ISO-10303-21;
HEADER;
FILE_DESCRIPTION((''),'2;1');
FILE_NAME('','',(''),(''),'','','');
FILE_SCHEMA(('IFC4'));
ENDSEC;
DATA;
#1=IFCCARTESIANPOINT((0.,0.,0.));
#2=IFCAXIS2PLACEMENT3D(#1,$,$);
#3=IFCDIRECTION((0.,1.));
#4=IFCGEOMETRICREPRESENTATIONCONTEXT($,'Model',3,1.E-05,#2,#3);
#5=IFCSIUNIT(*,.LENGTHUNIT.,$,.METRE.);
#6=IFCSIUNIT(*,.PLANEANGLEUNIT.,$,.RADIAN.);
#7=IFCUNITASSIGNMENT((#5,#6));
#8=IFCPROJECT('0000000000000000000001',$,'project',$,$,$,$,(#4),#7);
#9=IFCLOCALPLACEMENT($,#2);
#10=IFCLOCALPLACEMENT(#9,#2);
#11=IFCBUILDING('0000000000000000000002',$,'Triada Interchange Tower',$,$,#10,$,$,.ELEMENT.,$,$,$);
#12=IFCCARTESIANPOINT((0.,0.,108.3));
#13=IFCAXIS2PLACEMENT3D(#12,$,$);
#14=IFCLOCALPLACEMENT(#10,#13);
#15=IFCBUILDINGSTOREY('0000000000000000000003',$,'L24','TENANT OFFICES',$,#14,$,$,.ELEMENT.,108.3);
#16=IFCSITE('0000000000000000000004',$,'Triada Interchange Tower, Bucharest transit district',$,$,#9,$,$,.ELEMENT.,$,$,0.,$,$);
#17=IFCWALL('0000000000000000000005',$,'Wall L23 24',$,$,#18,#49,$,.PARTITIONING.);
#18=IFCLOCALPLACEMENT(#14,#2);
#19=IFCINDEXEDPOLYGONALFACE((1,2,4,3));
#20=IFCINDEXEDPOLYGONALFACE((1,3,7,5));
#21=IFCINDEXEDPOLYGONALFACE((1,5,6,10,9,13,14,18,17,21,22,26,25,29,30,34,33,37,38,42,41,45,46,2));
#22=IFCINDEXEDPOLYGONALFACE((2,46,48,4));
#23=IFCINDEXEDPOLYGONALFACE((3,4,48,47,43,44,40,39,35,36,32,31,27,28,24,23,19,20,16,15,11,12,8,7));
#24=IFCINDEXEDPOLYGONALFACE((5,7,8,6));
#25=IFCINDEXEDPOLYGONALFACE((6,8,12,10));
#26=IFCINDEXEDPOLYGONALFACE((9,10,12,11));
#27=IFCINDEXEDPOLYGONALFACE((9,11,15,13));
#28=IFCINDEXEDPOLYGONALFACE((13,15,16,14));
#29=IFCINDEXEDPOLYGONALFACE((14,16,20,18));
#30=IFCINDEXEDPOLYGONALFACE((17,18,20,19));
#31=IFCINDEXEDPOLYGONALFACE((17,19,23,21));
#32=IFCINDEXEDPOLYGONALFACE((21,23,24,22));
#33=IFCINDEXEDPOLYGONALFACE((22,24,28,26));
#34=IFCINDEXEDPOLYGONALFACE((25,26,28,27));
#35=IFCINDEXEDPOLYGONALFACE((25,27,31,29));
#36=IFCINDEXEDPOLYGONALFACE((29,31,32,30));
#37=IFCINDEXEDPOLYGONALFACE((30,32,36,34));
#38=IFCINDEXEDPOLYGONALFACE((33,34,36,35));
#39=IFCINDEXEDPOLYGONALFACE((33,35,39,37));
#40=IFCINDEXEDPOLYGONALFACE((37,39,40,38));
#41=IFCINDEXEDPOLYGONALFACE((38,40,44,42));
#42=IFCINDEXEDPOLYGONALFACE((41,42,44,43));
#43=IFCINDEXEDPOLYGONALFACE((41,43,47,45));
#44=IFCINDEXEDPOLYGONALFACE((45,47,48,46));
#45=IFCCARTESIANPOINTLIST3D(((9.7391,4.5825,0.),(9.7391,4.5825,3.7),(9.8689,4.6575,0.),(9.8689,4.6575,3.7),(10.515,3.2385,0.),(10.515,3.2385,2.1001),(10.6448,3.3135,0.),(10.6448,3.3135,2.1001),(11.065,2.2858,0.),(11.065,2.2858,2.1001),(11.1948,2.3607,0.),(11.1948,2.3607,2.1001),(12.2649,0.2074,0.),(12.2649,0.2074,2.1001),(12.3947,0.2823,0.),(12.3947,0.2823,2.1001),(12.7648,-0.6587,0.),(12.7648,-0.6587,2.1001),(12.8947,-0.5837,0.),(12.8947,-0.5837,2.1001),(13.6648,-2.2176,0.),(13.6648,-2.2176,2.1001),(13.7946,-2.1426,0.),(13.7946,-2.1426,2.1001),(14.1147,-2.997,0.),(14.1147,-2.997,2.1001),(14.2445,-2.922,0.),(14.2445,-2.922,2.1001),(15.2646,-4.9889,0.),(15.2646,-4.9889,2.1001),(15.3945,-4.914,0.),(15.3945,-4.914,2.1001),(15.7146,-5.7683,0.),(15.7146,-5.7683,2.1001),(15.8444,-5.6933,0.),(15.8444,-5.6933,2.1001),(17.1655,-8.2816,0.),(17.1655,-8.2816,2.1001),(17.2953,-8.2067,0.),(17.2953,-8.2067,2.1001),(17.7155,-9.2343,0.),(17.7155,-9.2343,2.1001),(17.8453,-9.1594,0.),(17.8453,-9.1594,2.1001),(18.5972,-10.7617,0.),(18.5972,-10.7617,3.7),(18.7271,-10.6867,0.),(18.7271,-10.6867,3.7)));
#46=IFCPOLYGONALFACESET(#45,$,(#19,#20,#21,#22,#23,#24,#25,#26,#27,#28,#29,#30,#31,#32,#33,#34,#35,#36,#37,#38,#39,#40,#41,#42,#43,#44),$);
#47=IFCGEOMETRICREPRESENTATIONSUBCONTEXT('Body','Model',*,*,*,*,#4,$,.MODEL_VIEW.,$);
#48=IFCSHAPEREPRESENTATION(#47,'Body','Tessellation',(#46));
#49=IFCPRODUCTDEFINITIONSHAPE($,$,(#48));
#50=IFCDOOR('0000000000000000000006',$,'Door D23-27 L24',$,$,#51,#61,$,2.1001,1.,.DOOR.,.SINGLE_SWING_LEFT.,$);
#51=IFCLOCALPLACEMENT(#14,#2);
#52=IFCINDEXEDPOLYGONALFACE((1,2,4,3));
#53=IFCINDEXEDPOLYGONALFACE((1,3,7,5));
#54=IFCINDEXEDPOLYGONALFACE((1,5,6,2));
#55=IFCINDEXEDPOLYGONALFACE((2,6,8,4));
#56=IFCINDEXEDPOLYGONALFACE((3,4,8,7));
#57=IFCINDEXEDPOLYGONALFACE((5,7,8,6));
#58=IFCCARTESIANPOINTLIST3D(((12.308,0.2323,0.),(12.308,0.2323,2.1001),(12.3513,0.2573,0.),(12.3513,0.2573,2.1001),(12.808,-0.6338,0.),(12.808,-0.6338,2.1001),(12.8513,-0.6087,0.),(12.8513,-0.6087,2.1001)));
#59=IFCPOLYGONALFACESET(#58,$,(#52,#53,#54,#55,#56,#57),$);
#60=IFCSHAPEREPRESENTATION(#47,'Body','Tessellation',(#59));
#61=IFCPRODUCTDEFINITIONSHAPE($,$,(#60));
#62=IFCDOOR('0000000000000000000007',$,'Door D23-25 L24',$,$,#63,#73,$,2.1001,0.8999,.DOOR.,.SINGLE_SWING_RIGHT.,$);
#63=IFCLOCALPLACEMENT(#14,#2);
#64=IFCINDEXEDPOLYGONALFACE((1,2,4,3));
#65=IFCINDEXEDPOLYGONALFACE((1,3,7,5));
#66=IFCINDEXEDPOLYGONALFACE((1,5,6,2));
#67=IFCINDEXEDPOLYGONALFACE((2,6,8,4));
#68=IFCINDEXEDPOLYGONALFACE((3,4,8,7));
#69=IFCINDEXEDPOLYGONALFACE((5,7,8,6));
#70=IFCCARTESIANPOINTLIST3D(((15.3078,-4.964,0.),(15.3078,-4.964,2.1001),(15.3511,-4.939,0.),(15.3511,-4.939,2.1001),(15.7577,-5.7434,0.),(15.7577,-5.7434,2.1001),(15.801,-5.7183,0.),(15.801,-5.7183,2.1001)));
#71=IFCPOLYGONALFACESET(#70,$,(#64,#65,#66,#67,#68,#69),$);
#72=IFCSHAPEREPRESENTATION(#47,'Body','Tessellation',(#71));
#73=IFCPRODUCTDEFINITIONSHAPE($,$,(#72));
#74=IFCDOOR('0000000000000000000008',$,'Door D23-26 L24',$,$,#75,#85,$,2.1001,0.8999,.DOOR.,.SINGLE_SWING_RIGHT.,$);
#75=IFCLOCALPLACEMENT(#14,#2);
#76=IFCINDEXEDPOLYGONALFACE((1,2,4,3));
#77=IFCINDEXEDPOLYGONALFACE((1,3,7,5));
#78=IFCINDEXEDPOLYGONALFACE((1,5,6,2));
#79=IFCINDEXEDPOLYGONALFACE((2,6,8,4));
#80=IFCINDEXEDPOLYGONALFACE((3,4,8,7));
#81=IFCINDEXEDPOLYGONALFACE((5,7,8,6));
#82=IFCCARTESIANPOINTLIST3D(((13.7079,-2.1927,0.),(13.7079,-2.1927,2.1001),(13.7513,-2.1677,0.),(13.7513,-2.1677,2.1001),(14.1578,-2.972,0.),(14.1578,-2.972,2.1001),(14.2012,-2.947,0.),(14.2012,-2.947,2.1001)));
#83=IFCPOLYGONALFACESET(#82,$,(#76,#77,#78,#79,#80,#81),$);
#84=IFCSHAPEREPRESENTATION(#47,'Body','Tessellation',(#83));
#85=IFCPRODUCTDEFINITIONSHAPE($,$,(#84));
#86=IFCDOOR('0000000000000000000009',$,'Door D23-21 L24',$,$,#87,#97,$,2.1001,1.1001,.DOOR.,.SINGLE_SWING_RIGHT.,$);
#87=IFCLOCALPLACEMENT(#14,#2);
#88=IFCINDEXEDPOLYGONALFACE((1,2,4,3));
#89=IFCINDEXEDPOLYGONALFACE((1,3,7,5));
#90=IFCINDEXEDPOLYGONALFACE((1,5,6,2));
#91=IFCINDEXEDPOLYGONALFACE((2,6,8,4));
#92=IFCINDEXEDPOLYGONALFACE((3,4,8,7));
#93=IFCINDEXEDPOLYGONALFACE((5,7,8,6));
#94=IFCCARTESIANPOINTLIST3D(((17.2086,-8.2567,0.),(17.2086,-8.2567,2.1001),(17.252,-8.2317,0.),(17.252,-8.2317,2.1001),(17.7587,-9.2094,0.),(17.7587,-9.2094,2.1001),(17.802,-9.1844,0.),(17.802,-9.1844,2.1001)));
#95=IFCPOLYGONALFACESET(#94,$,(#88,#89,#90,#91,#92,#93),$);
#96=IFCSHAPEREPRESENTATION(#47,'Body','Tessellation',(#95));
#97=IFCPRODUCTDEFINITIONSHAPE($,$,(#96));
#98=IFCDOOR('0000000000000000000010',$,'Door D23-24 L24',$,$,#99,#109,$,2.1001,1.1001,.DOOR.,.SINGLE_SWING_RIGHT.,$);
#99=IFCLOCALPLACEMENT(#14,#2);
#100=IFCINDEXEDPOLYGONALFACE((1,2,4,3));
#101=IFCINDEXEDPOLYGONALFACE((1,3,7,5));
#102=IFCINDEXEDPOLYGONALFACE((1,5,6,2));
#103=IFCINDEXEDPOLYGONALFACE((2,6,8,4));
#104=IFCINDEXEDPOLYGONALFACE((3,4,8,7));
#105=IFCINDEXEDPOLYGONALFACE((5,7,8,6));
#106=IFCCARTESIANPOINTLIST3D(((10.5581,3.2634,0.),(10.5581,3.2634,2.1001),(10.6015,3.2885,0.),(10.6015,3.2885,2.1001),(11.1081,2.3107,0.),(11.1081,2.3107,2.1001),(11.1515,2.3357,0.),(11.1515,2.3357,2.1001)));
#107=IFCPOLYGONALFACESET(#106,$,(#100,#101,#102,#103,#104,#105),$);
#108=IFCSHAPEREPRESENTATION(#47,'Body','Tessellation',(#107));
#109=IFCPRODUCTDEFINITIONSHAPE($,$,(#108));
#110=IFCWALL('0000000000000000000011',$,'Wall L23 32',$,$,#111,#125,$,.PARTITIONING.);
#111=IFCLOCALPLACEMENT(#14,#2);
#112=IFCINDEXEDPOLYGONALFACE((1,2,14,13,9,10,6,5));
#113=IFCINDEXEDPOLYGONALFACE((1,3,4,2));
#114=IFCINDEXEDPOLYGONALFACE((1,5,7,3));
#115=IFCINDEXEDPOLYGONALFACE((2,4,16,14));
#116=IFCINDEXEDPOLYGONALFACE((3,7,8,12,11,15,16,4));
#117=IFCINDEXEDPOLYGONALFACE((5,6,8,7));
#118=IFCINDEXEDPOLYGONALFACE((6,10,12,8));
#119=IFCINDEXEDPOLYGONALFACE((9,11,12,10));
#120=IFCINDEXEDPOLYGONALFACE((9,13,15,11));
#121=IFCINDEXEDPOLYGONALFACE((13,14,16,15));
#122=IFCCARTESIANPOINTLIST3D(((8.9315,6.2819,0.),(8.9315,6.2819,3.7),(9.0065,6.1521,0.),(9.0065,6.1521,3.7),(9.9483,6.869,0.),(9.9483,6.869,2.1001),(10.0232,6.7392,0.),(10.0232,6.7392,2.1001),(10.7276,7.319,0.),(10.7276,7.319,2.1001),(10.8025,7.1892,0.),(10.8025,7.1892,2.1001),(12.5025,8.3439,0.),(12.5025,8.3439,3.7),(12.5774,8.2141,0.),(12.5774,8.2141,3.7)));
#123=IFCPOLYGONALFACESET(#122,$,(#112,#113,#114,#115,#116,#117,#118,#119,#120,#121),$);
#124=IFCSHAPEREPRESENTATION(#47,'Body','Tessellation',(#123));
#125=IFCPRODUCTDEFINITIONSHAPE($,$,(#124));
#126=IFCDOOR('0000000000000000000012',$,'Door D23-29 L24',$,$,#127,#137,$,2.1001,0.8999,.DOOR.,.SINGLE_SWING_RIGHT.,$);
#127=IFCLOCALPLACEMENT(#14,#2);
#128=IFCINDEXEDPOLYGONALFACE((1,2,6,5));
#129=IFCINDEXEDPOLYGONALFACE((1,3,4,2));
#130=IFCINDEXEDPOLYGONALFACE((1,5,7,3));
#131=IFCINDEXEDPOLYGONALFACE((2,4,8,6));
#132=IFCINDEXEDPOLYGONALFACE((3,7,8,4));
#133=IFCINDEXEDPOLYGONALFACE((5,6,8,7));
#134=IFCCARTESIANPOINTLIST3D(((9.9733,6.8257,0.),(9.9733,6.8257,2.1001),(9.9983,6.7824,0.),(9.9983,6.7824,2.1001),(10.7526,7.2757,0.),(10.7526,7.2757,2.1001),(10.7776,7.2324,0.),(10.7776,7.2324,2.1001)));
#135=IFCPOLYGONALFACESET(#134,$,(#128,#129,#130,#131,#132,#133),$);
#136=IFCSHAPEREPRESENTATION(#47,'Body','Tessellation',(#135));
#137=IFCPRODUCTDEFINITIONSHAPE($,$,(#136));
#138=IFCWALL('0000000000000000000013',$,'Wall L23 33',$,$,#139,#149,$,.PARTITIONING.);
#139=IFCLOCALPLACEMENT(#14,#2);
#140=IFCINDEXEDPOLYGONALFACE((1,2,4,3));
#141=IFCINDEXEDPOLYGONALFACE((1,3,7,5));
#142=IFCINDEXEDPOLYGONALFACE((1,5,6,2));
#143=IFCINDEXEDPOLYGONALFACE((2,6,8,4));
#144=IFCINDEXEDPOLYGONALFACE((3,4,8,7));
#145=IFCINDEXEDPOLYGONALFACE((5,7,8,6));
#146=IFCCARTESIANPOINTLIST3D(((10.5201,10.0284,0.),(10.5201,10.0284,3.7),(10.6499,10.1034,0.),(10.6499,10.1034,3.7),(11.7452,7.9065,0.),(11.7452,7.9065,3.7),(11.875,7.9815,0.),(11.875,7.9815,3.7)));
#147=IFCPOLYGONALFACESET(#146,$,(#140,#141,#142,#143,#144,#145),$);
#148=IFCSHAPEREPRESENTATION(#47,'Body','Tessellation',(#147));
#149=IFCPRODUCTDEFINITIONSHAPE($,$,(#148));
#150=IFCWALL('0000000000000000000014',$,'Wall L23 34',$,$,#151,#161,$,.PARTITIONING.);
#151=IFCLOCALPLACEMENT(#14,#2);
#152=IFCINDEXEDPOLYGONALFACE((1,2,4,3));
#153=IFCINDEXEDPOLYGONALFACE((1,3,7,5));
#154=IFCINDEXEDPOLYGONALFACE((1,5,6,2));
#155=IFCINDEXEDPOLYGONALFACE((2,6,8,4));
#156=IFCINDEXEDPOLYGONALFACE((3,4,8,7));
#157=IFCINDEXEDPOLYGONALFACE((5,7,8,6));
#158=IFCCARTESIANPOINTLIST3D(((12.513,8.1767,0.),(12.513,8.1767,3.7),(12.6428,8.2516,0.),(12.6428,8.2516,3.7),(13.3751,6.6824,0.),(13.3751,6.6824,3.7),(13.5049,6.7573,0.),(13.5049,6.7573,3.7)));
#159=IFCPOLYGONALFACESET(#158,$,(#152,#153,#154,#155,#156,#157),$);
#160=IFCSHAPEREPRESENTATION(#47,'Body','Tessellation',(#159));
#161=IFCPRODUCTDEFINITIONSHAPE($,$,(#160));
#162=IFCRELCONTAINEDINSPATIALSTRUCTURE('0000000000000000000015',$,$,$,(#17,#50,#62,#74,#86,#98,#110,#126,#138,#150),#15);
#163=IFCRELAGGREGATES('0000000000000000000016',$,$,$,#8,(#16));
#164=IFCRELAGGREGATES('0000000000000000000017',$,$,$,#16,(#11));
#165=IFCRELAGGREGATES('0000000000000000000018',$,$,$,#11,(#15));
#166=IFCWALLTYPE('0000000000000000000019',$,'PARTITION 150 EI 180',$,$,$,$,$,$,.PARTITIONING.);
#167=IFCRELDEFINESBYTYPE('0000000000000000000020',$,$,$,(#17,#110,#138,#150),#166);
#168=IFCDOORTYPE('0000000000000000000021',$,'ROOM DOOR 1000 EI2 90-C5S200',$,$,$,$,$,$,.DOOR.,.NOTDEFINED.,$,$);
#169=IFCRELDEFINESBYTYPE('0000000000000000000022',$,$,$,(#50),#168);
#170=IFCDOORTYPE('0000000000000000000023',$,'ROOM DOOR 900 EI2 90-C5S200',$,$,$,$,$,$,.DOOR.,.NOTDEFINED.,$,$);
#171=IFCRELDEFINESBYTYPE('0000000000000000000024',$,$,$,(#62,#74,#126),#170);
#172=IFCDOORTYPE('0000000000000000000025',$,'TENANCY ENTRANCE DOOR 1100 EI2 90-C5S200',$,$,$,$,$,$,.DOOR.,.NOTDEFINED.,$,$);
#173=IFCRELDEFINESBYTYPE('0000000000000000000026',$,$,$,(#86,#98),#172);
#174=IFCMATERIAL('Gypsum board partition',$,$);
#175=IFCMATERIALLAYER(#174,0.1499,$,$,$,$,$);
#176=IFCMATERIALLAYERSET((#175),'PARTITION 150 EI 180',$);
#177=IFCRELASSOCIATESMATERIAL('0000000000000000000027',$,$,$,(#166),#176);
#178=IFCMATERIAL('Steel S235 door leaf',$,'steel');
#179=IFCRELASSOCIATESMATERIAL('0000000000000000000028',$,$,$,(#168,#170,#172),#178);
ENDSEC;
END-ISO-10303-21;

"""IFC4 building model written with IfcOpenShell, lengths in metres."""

from ifc_helpers import new_model, si_unit, direction, frame, frame_2d, origin, place, context, subcontext, project, spatial, rectangle, extrude, material, layer, layer_set, type_object, element, fill, save


model = new_model("IFC4")

# Units and contexts
model_context = context("Model", 3, precision=1e-05, world=origin(), true_north=direction((0.0, 1.0)))
body_context = subcontext(model_context, "Body", "Model", "MODEL_VIEW")
ifc_project = project(units=[si_unit("LENGTHUNIT", "METRE"), si_unit("PLANEANGLEUNIT", "RADIAN")], contexts=[model_context])

# Site, building, storey
site_placement = place(None, origin())
site = spatial("IfcSite", under=ifc_project, at=site_placement, Name="Triada Interchange Tower, Bucharest transit district", CompositionType="ELEMENT", RefElevation=0.0)
building_placement = place(site_placement, origin())
building = spatial("IfcBuilding", under=site, at=building_placement, Name="Triada Interchange Tower", CompositionType="ELEMENT")
storey_placement = place(building_placement, frame((0.0, 0.0, 108.3)))
storey = spatial("IfcBuildingStorey", under=building, at=storey_placement, Name="L24", Description="TENANT OFFICES", CompositionType="ELEMENT", Elevation=108.3)

# Shared definitions
ifc_material_1 = material(Name="Gypsum board partition")
ifc_layer_1 = layer(ifc_material_1, 0.1499)
ifc_layer_set_1 = layer_set([ifc_layer_1], Name="PARTITION 150 EI 180")
wall_type = type_object("IfcWallType", Name="PARTITION 150 EI 180", PredefinedType="PARTITIONING", material=ifc_layer_set_1)

# Wall, openings, doors
wall_1_placement = place(storey_placement, frame((9.804, 4.6201, 0.0), z_axis=(0.0, 0.0, 1.0), x_axis=(0.499964, -0.866046, 0.0)))
wall_1 = element("IfcWall", 1, at=wall_1_placement, inside=storey, type_object=wall_type, Name="Wall L23 24", PredefinedType="PARTITIONING", context=body_context, shape_type="SweptSolid", body=[
    extrude(rectangle(XDim=17.7175, YDim=0.1499, at=frame_2d((8.8589, 0.0))), origin(), (0.0, 0.0, 1.0), 3.7),
])
opening_1_placement = place(wall_1_placement, frame((14.854, 0.0, 0.0)))
opening_1 = element("IfcOpeningElement", 2, at=opening_1_placement, cuts=wall_1, PredefinedType="OPENING", context=body_context, shape_type="SweptSolid", body=[
    extrude(rectangle(XDim=1.1001, YDim=2.1001, at=frame_2d((0.55, 1.05))), frame((0.0, 0.085, 0.0), z_axis=(0.0, -1.0, 0.0), x_axis=(1.0, 0.0, 0.0)), (0.0, 0.0, 1.0), 0.1699),
])
opening_2_placement = place(wall_1_placement, frame((1.552, 0.0, 0.0)))
opening_2 = element("IfcOpeningElement", 3, at=opening_2_placement, cuts=wall_1, PredefinedType="OPENING", context=body_context, shape_type="SweptSolid", body=[
    extrude(rectangle(XDim=1.1001, YDim=2.1001, at=frame_2d((0.55, 1.05))), frame((0.0, 0.085, 0.0), z_axis=(0.0, -1.0, 0.0), x_axis=(1.0, 0.0, 0.0)), (0.0, 0.0, 1.0), 0.1699),
])
opening_3_placement = place(wall_1_placement, frame((11.052, 0.0, 0.0)))
opening_3 = element("IfcOpeningElement", 4, at=opening_3_placement, cuts=wall_1, PredefinedType="OPENING", context=body_context, shape_type="SweptSolid", body=[
    extrude(rectangle(XDim=0.8999, YDim=2.1001, at=frame_2d((0.45, 1.05))), frame((0.0, 0.085, 0.0), z_axis=(0.0, -1.0, 0.0), x_axis=(1.0, 0.0, 0.0)), (0.0, 0.0, 1.0), 0.1699),
])
opening_4_placement = place(wall_1_placement, frame((7.8521, 0.0, 0.0)))
opening_4 = element("IfcOpeningElement", 5, at=opening_4_placement, cuts=wall_1, PredefinedType="OPENING", context=body_context, shape_type="SweptSolid", body=[
    extrude(rectangle(XDim=0.8999, YDim=2.1001, at=frame_2d((0.45, 1.05))), frame((0.0, 0.085, 0.0), z_axis=(0.0, -1.0, 0.0), x_axis=(1.0, 0.0, 0.0)), (0.0, 0.0, 1.0), 0.1699),
])
opening_5_placement = place(wall_1_placement, frame((5.052, 0.0, 0.0)))
opening_5 = element("IfcOpeningElement", 6, at=opening_5_placement, cuts=wall_1, PredefinedType="OPENING", context=body_context, shape_type="SweptSolid", body=[
    extrude(rectangle(XDim=1.0, YDim=2.1001, at=frame_2d((0.5, 1.05))), frame((0.0, 0.085, 0.0), z_axis=(0.0, -1.0, 0.0), x_axis=(1.0, 0.0, 0.0)), (0.0, 0.0, 1.0), 0.1699),
])
ifc_material_2 = material(Name="Steel S235 door leaf", Category="steel")
door_type_1 = type_object("IfcDoorType", Name="ROOM DOOR 1000 EI2 90-C5S200", OperationType="NOTDEFINED", PredefinedType="DOOR", material=ifc_material_2)
door_1_placement = place(opening_5_placement, origin())
door_1 = element("IfcDoor", 7, at=door_1_placement, inside=storey, type_object=door_type_1, Name="Door D23-27 L24", OperationType="SINGLE_SWING_LEFT", OverallHeight=2.1001, OverallWidth=1.0, PredefinedType="DOOR", context=body_context, shape_type="SweptSolid", body=[
    extrude(rectangle(XDim=1.0, YDim=2.1001, at=frame_2d((0.5, 1.05))), frame((0.0, 0.0249, 0.0), z_axis=(0.0, -1.0, 0.0), x_axis=(1.0, 0.0, 0.0)), (0.0, 0.0, 1.0), 0.05),
])
fill(opening_5, door_1)
door_type_2 = type_object("IfcDoorType", Name="ROOM DOOR 900 EI2 90-C5S200", OperationType="NOTDEFINED", PredefinedType="DOOR", material=ifc_material_2)
door_2_placement = place(opening_3_placement, origin())
door_2 = element("IfcDoor", 8, at=door_2_placement, inside=storey, type_object=door_type_2, Name="Door D23-25 L24", OperationType="SINGLE_SWING_RIGHT", OverallHeight=2.1001, OverallWidth=0.8999, PredefinedType="DOOR", context=body_context, shape_type="SweptSolid", body=[
    extrude(rectangle(XDim=0.8999, YDim=2.1001, at=frame_2d((0.45, 1.05))), frame((0.0, 0.0249, 0.0), z_axis=(0.0, -1.0, 0.0), x_axis=(1.0, 0.0, 0.0)), (0.0, 0.0, 1.0), 0.05),
])
fill(opening_3, door_2)
door_3_placement = place(opening_4_placement, origin())
door_3 = element("IfcDoor", 9, at=door_3_placement, inside=storey, type_object=door_type_2, Name="Door D23-26 L24", OperationType="SINGLE_SWING_RIGHT", OverallHeight=2.1001, OverallWidth=0.8999, PredefinedType="DOOR", context=body_context, shape_type="SweptSolid", body=[
    extrude(rectangle(XDim=0.8999, YDim=2.1001, at=frame_2d((0.45, 1.05))), frame((0.0, 0.0249, 0.0), z_axis=(0.0, -1.0, 0.0), x_axis=(1.0, 0.0, 0.0)), (0.0, 0.0, 1.0), 0.05),
])
fill(opening_4, door_3)
door_type_3 = type_object("IfcDoorType", Name="TENANCY ENTRANCE DOOR 1100 EI2 90-C5S200", OperationType="NOTDEFINED", PredefinedType="DOOR", material=ifc_material_2)
door_4_placement = place(opening_1_placement, origin())
door_4 = element("IfcDoor", 10, at=door_4_placement, inside=storey, type_object=door_type_3, Name="Door D23-21 L24", OperationType="SINGLE_SWING_RIGHT", OverallHeight=2.1001, OverallWidth=1.1001, PredefinedType="DOOR", context=body_context, shape_type="SweptSolid", body=[
    extrude(rectangle(XDim=1.1001, YDim=2.1001, at=frame_2d((0.55, 1.05))), frame((0.0, 0.0249, 0.0), z_axis=(0.0, -1.0, 0.0), x_axis=(1.0, 0.0, 0.0)), (0.0, 0.0, 1.0), 0.05),
])
fill(opening_1, door_4)
door_5_placement = place(opening_2_placement, origin())
door_5 = element("IfcDoor", 11, at=door_5_placement, inside=storey, type_object=door_type_3, Name="Door D23-24 L24", OperationType="SINGLE_SWING_RIGHT", OverallHeight=2.1001, OverallWidth=1.1001, PredefinedType="DOOR", context=body_context, shape_type="SweptSolid", body=[
    extrude(rectangle(XDim=1.1001, YDim=2.1001, at=frame_2d((0.55, 1.05))), frame((0.0, 0.0249, 0.0), z_axis=(0.0, -1.0, 0.0), x_axis=(1.0, 0.0, 0.0)), (0.0, 0.0, 1.0), 0.05),
])
fill(opening_2, door_5)

# Wall, opening, door
wall_2_placement = place(storey_placement, frame((8.969, 6.217, 0.0), z_axis=(0.0, 0.0, 1.0), x_axis=(0.865997, 0.500049, 0.0)))
wall_2 = element("IfcWall", 12, at=wall_2_placement, inside=storey, type_object=wall_type, Name="Wall L23 32", PredefinedType="PARTITIONING", context=body_context, shape_type="SweptSolid", body=[
    extrude(rectangle(XDim=4.1235, YDim=0.1499, at=frame_2d((2.0618, 0.0))), origin(), (0.0, 0.0, 1.0), 3.7),
])
opening_6_placement = place(wall_2_placement, frame((1.1741, 0.0, 0.0)))
opening_6 = element("IfcOpeningElement", 13, at=opening_6_placement, cuts=wall_2, PredefinedType="OPENING", context=body_context, shape_type="SweptSolid", body=[
    extrude(rectangle(XDim=0.8999, YDim=2.1001, at=frame_2d((0.45, 1.05))), frame((0.0, 0.085, 0.0), z_axis=(0.0, -1.0, 0.0), x_axis=(1.0, 0.0, 0.0)), (0.0, 0.0, 1.0), 0.1699),
])
door_6_placement = place(opening_6_placement, origin())
door_6 = element("IfcDoor", 14, at=door_6_placement, inside=storey, type_object=door_type_2, Name="Door D23-29 L24", OperationType="SINGLE_SWING_RIGHT", OverallHeight=2.1001, OverallWidth=0.8999, PredefinedType="DOOR", context=body_context, shape_type="SweptSolid", body=[
    extrude(rectangle(XDim=0.8999, YDim=2.1001, at=frame_2d((0.45, 1.05))), frame((0.0, 0.0249, 0.0), z_axis=(0.0, -1.0, 0.0), x_axis=(1.0, 0.0, 0.0)), (0.0, 0.0, 1.0), 0.05),
])
fill(opening_6, door_6)

# Walls
wall_3_placement = place(storey_placement, frame((10.585, 10.0659, 0.0), z_axis=(0.0, 0.0, 1.0), x_axis=(0.500019, -0.866015, 0.0)))
element("IfcWall", 15, at=wall_3_placement, inside=storey, type_object=wall_type, Name="Wall L23 33", PredefinedType="PARTITIONING", context=body_context, shape_type="SweptSolid", body=[
    extrude(rectangle(XDim=2.4502, YDim=0.1499, at=frame_2d((1.2251, 0.0))), origin(), (0.0, 0.0, 1.0), 3.7),
])
wall_4_placement = place(storey_placement, frame((12.5779, 8.2141, 0.0), z_axis=(0.0, 0.0, 1.0), x_axis=(0.499747, -0.866171, 0.0)))
element("IfcWall", 16, at=wall_4_placement, inside=storey, type_object=wall_type, Name="Wall L23 34", PredefinedType="PARTITIONING", context=body_context, shape_type="SweptSolid", body=[
    extrude(rectangle(XDim=1.7251, YDim=0.1499, at=frame_2d((0.8625, 0.0))), origin(), (0.0, 0.0, 1.0), 3.7),
])

save(model, "model.ifc")
